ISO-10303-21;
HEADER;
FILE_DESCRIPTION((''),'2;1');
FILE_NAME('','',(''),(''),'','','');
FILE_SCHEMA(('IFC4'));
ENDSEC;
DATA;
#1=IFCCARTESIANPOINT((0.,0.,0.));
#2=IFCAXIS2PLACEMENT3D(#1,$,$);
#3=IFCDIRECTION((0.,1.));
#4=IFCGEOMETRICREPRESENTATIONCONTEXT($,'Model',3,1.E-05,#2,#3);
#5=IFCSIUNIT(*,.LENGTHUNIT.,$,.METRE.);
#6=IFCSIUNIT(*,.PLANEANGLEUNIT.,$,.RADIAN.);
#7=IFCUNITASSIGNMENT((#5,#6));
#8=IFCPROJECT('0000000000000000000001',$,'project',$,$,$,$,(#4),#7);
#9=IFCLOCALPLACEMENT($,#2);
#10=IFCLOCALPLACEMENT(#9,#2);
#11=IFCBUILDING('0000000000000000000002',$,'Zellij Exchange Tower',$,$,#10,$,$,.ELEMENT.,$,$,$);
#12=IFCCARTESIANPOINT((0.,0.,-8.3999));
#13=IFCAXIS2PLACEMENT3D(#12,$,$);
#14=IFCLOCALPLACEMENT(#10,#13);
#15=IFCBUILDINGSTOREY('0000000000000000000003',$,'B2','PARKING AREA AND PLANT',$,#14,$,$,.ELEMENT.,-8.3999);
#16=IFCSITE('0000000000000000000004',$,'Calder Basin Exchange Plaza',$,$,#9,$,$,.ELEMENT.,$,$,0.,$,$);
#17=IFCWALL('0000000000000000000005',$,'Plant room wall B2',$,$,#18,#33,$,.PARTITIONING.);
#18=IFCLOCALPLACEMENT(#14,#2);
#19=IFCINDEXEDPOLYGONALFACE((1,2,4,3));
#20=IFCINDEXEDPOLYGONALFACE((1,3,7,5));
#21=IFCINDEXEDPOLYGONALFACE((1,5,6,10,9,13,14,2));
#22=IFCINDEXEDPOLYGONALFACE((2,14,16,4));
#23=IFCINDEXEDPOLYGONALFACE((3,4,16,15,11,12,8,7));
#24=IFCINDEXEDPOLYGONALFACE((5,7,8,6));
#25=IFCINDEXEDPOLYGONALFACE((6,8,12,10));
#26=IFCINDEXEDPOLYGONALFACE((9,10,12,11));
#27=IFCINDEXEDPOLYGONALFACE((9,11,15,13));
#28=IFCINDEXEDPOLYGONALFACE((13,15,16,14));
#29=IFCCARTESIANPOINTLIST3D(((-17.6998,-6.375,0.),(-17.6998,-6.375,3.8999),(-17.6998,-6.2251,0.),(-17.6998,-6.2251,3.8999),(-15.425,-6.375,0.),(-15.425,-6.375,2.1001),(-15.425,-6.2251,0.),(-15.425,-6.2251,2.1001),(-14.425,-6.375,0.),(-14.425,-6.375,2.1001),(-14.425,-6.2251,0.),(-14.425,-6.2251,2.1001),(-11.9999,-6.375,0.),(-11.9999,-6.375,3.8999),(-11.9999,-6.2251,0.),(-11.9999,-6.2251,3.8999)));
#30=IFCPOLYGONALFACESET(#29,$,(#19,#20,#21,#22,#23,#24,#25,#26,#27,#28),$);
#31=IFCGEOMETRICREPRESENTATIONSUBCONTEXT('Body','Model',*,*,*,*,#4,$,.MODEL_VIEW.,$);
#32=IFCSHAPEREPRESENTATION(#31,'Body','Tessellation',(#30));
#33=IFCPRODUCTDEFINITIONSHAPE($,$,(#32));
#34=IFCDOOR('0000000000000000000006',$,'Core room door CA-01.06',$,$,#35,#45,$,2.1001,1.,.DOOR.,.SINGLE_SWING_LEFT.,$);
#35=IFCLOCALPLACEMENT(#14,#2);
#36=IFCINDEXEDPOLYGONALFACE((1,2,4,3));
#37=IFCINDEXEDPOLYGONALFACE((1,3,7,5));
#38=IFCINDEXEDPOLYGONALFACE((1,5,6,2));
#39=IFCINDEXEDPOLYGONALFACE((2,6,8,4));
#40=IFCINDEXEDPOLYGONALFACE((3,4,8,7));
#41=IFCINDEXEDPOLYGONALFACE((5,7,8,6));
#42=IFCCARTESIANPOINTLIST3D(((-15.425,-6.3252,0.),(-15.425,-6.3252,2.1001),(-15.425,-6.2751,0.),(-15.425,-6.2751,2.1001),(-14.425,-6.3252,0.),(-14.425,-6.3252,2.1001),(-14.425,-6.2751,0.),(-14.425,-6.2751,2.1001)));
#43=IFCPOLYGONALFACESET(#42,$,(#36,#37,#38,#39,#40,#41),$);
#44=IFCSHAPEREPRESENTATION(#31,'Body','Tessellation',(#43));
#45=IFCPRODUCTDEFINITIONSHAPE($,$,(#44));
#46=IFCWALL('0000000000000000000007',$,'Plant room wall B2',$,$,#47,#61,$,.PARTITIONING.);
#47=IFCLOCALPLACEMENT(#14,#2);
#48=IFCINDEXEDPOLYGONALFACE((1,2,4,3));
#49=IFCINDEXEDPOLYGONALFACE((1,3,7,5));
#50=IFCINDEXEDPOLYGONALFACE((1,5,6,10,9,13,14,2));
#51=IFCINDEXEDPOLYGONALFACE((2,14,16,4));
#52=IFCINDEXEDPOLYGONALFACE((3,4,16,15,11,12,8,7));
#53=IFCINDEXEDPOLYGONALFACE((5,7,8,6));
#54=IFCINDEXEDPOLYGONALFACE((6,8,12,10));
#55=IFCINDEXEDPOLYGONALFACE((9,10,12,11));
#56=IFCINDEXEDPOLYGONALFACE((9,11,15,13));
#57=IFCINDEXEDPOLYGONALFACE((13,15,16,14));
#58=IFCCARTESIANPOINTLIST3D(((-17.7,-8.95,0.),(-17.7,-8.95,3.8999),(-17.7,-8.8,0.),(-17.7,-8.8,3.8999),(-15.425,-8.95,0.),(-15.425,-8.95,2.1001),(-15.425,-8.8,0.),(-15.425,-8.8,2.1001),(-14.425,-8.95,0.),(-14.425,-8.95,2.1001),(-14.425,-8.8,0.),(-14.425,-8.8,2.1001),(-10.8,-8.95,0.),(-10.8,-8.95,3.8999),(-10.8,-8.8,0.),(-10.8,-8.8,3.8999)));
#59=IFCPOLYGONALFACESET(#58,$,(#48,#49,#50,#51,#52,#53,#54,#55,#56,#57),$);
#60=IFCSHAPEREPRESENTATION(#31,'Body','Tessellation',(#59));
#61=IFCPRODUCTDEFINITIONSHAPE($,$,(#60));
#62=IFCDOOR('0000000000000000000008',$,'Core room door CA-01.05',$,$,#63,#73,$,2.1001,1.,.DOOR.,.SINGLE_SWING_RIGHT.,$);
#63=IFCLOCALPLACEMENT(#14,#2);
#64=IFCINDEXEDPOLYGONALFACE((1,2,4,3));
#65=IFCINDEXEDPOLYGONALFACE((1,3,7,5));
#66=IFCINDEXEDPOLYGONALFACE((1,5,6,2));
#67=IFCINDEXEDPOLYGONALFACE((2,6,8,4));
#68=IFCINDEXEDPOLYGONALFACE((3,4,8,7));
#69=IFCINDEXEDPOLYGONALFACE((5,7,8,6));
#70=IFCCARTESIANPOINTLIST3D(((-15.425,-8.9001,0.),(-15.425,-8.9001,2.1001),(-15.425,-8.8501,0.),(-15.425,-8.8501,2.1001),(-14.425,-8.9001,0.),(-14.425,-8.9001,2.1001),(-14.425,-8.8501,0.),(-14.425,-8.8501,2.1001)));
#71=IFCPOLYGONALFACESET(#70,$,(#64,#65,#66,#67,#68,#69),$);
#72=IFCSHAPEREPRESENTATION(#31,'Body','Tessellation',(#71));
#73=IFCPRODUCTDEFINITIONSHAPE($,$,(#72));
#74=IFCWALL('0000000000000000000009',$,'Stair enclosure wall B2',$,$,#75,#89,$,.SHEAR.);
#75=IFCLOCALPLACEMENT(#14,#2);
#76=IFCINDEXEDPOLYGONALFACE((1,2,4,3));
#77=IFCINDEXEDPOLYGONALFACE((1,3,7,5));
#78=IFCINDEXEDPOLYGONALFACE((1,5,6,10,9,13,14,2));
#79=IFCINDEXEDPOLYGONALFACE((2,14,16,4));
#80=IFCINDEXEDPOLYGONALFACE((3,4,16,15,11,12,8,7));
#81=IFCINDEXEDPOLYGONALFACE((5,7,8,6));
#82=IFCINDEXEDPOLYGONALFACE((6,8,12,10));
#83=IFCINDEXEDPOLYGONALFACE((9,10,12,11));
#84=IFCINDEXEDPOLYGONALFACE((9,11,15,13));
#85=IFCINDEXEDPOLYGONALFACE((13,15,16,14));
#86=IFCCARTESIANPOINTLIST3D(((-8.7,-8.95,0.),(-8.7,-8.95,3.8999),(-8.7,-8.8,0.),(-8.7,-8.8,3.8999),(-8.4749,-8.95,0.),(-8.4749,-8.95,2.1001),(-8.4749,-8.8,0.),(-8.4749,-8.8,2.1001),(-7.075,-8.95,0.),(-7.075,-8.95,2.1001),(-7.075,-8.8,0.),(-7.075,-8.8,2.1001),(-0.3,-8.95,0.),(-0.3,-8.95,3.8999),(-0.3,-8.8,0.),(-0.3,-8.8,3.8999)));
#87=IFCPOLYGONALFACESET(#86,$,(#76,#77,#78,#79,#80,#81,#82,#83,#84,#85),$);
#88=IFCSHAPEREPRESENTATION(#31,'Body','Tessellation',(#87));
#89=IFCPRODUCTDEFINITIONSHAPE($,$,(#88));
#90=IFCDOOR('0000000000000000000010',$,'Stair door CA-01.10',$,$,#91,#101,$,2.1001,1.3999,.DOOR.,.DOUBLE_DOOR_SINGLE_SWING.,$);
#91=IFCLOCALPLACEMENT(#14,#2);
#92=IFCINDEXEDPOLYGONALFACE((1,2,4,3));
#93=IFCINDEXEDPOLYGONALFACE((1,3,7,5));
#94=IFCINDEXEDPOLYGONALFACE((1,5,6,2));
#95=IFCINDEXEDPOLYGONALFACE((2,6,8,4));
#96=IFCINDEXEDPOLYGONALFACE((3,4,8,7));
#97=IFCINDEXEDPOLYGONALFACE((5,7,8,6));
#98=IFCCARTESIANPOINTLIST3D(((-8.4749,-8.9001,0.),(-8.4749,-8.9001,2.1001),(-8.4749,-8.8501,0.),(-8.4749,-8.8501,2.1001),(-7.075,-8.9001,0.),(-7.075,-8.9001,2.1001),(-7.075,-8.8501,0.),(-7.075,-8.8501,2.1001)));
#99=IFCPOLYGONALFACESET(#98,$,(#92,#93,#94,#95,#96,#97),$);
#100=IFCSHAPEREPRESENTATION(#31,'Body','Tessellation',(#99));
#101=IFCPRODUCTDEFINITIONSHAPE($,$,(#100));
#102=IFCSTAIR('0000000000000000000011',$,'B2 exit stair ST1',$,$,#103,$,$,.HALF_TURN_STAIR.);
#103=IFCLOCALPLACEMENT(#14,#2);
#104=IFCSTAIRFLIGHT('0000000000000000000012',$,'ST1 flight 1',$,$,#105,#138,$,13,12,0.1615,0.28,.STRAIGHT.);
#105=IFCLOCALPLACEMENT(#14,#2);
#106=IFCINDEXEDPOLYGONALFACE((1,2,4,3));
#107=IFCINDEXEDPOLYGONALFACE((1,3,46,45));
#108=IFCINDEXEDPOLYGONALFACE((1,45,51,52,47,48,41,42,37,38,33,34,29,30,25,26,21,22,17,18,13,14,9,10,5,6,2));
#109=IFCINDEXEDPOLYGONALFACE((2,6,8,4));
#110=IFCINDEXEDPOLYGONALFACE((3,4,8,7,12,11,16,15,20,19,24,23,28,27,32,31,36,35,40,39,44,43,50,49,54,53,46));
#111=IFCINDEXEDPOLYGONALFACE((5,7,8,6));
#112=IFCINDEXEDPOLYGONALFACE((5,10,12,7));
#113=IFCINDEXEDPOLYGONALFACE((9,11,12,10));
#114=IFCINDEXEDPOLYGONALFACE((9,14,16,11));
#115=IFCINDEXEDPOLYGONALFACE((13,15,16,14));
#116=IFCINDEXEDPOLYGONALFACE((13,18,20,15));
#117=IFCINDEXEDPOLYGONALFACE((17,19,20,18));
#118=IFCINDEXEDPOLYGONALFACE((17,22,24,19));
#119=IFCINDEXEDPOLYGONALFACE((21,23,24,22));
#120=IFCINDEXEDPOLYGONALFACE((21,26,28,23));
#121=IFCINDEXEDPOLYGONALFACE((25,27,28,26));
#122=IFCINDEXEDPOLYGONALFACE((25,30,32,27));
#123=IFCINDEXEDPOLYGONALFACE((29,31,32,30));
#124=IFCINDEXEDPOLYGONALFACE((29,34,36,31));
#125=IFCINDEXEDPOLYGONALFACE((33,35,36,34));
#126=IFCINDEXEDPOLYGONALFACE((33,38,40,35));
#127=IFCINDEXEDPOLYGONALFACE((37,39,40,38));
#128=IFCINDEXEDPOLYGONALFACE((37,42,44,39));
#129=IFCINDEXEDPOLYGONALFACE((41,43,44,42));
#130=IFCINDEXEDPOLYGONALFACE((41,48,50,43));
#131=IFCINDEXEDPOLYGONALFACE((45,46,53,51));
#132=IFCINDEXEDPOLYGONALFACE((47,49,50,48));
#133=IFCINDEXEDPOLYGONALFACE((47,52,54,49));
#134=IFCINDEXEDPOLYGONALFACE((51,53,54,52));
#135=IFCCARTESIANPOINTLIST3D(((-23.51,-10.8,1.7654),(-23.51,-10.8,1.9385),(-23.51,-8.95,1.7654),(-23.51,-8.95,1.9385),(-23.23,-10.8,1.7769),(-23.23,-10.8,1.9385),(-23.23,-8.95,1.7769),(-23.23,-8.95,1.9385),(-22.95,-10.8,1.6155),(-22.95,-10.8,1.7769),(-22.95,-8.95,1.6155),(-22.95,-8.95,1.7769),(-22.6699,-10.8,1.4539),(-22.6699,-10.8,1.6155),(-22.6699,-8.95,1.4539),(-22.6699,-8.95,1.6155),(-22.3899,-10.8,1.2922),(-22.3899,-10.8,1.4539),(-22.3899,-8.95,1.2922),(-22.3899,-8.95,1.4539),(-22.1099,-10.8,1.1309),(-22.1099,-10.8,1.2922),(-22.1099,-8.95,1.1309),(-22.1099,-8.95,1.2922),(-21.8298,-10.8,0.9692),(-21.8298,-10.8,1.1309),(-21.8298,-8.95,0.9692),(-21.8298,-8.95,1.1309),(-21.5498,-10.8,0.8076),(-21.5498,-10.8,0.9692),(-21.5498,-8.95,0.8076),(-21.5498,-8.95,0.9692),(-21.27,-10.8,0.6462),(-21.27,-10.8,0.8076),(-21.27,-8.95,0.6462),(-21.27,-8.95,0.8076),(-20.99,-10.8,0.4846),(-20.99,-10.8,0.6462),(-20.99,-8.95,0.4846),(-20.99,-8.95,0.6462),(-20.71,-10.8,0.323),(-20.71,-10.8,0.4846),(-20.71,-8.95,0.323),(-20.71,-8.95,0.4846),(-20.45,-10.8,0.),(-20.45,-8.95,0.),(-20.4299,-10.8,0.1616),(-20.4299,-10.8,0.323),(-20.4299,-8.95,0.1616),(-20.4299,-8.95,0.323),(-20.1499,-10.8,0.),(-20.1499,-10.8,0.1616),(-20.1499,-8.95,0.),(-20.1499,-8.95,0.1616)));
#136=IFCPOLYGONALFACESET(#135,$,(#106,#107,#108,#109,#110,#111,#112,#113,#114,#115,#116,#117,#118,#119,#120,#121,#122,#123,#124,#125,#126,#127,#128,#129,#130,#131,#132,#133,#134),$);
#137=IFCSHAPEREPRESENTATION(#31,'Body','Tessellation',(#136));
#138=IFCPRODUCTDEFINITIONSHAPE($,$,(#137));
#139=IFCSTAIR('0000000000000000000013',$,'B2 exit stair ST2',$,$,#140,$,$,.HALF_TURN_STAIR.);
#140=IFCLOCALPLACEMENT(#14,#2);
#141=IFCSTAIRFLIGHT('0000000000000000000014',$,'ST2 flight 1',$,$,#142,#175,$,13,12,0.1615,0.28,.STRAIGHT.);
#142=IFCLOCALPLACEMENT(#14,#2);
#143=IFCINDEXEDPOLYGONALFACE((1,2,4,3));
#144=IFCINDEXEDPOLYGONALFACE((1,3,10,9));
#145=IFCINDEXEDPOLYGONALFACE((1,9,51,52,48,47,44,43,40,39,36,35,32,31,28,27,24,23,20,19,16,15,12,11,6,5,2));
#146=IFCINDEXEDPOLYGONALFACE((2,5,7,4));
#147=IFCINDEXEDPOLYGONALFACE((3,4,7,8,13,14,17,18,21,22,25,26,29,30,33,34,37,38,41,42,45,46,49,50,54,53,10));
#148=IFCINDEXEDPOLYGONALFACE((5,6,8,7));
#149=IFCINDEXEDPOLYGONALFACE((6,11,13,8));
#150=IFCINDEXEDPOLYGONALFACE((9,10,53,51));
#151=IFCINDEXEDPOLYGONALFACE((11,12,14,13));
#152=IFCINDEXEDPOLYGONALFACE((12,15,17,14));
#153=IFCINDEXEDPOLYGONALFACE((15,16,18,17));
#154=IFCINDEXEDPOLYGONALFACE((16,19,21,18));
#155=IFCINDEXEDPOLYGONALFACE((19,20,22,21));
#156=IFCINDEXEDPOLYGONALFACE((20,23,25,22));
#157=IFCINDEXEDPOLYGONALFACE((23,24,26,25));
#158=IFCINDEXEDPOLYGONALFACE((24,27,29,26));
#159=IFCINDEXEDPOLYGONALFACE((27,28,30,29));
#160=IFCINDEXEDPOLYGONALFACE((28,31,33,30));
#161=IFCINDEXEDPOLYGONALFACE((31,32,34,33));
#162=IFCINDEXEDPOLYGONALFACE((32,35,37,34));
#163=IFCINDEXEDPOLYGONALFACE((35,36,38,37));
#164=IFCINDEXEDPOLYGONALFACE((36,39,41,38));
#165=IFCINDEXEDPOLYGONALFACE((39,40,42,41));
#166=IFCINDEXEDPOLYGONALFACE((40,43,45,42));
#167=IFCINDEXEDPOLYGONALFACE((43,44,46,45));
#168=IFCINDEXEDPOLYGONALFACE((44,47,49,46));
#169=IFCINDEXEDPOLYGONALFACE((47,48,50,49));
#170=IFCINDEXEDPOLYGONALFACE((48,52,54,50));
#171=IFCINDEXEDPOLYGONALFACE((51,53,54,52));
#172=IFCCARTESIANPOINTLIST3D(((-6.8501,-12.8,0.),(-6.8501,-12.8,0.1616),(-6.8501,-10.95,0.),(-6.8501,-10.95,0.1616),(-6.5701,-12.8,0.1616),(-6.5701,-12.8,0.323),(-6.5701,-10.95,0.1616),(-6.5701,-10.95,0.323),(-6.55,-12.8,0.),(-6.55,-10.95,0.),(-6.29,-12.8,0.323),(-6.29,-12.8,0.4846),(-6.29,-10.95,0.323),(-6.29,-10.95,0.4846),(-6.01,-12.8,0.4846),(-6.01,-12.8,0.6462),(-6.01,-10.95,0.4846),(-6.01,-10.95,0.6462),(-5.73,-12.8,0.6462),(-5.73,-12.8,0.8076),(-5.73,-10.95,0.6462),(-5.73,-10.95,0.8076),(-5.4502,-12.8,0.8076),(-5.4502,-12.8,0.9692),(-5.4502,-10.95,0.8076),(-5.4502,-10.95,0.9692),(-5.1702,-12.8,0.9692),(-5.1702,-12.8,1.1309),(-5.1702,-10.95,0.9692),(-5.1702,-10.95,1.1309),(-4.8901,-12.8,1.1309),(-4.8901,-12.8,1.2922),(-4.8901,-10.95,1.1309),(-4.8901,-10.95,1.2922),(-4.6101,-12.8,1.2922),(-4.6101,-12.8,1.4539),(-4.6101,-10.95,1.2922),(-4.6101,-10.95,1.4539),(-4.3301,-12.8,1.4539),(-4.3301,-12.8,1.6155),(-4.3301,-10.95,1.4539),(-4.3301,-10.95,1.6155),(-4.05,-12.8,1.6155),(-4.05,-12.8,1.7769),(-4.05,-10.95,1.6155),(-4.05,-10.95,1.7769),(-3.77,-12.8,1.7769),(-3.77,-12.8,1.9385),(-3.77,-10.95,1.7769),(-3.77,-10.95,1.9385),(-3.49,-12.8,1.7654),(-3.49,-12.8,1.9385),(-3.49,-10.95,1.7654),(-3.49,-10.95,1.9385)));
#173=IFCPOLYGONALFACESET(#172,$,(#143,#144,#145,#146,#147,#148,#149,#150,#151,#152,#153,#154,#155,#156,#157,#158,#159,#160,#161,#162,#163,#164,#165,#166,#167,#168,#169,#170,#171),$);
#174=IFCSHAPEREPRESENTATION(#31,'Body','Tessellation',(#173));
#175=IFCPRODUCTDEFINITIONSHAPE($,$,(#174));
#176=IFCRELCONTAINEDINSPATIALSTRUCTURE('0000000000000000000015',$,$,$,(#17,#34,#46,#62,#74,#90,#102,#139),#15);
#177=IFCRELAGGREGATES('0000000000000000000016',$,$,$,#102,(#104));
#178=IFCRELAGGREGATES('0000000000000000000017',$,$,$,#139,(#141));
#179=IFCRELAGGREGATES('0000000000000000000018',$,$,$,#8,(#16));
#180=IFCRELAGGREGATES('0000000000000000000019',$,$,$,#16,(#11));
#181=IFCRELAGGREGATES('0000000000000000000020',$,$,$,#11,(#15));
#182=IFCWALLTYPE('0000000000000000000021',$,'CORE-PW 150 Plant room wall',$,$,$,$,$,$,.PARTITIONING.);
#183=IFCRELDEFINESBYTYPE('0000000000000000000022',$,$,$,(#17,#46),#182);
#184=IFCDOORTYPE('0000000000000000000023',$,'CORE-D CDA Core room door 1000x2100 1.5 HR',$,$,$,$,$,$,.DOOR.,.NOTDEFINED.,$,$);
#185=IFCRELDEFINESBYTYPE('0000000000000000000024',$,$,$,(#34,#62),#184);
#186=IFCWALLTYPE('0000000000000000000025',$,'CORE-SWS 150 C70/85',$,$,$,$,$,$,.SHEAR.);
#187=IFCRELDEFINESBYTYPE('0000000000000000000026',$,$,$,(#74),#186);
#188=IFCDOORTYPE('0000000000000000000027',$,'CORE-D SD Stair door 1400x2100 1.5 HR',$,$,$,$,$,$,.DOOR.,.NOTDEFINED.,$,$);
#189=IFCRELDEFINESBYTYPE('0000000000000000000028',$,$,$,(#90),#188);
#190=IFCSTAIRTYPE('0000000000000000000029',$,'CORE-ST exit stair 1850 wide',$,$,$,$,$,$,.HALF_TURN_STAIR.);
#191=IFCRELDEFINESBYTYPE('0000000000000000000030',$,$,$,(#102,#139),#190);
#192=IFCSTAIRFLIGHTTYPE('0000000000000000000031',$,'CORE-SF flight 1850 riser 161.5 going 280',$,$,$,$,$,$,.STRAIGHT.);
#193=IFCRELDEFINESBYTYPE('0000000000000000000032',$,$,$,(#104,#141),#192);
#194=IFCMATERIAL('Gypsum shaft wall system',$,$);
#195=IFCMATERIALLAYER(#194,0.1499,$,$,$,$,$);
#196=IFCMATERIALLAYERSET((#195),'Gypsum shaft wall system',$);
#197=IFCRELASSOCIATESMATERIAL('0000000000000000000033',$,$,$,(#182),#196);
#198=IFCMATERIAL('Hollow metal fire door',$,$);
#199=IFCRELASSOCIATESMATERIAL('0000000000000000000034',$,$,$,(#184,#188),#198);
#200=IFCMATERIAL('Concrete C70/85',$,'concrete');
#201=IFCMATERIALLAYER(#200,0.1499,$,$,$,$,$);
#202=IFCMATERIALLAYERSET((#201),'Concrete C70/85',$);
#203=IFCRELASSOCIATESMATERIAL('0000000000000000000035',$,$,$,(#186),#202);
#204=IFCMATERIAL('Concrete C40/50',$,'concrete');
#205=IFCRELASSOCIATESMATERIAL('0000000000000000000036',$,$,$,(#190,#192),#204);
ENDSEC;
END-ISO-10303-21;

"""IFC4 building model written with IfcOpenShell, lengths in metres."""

from ifc_helpers import new_model, si_unit, direction, frame, frame_2d, origin, place, context, subcontext, project, spatial, polyline, rectangle, outline, extrude, material, layer, layer_set, type_object, element, fill, aggregate, save


model = new_model("IFC4")

# Units and contexts
model_context = context("Model", 3, precision=1e-05, world=origin(), true_north=direction((0.0, 1.0)))
body_context = subcontext(model_context, "Body", "Model", "MODEL_VIEW")
ifc_project = project(units=[si_unit("LENGTHUNIT", "METRE"), si_unit("PLANEANGLEUNIT", "RADIAN")], contexts=[model_context])

# Site, building, storey
site_placement = place(None, origin())
site = spatial("IfcSite", under=ifc_project, at=site_placement, Name="Calder Basin Exchange Plaza", CompositionType="ELEMENT", RefElevation=0.0)
building_placement = place(site_placement, origin())
building = spatial("IfcBuilding", under=site, at=building_placement, Name="Zellij Exchange Tower", CompositionType="ELEMENT")
storey_placement = place(building_placement, frame((0.0, 0.0, -8.3999)))
storey = spatial("IfcBuildingStorey", under=building, at=storey_placement, Name="B2", Description="PARKING AREA AND PLANT", CompositionType="ELEMENT", Elevation=-8.3999)

# Shared definitions
ifc_material_1 = material(Name="Concrete C70/85", Category="concrete")

# Shared definitions
ifc_material_2 = material(Name="Gypsum shaft wall system")
ifc_material_3 = material(Name="Hollow metal fire door")
ifc_layer_1 = layer(ifc_material_2, 0.1499)
ifc_layer_set_1 = layer_set([ifc_layer_1], Name="Gypsum shaft wall system")
wall_type_1 = type_object("IfcWallType", Name="CORE-PW 150 Plant room wall", PredefinedType="PARTITIONING", material=ifc_layer_set_1)

# Walls, openings, doors
wall_1_placement = place(storey_placement, frame((-17.7, -6.3, 0.0), z_axis=(0.0, 0.0, 1.0), x_axis=(1.0, 0.0, 0.0)))
wall_1 = element("IfcWall", 1, at=wall_1_placement, inside=storey, type_object=wall_type_1, Name="Plant room wall B2", PredefinedType="PARTITIONING", context=body_context, shape_type="SweptSolid", body=[
    extrude(rectangle(XDim=5.7, YDim=0.1499, at=frame_2d((2.8501, 0.0))), origin(), (0.0, 0.0, 1.0), 3.8999),
])
opening_1_placement = place(wall_1_placement, frame((2.2749, 0.0, 0.0)))
opening_1 = element("IfcOpeningElement", 2, at=opening_1_placement, cuts=wall_1, PredefinedType="OPENING", context=body_context, shape_type="SweptSolid", body=[
    extrude(rectangle(XDim=1.0, YDim=2.1001, at=frame_2d((0.5, 1.05))), frame((0.0, 0.0869, 0.0), z_axis=(0.0, -1.0, 0.0), x_axis=(1.0, 0.0, 0.0)), (0.0, 0.0, 1.0), 0.1738),
])
door_type_1 = type_object("IfcDoorType", Name="CORE-D CDA Core room door 1000x2100 1.5 HR", OperationType="NOTDEFINED", PredefinedType="DOOR", material=ifc_material_3)
door_1_placement = place(opening_1_placement, origin())
door_1 = element("IfcDoor", 3, at=door_1_placement, inside=storey, type_object=door_type_1, Name="Core room door CA-01.06", OperationType="SINGLE_SWING_LEFT", OverallHeight=2.1001, OverallWidth=1.0, PredefinedType="DOOR", context=body_context, shape_type="SweptSolid", body=[
    extrude(rectangle(XDim=1.0, YDim=2.1001, at=frame_2d((0.5, 1.05))), frame((0.0, 0.0249, 0.0), z_axis=(0.0, -1.0, 0.0), x_axis=(1.0, 0.0, 0.0)), (0.0, 0.0, 1.0), 0.05),
])
fill(opening_1, door_1)
wall_2_placement = place(storey_placement, frame((-17.7, -8.875, 0.0), z_axis=(0.0, 0.0, 1.0), x_axis=(1.0, 0.0, 0.0)))
wall_2 = element("IfcWall", 4, at=wall_2_placement, inside=storey, type_object=wall_type_1, Name="Plant room wall B2", PredefinedType="PARTITIONING", context=body_context, shape_type="SweptSolid", body=[
    extrude(rectangle(XDim=6.8999, YDim=0.1499, at=frame_2d((3.45, 0.0))), origin(), (0.0, 0.0, 1.0), 3.8999),
])
opening_2_placement = place(wall_2_placement, frame((2.2749, 0.0, 0.0)))
opening_2 = element("IfcOpeningElement", 5, at=opening_2_placement, cuts=wall_2, PredefinedType="OPENING", context=body_context, shape_type="SweptSolid", body=[
    extrude(rectangle(XDim=1.0, YDim=2.1001, at=frame_2d((0.5, 1.05))), frame((0.0, 0.0869, 0.0), z_axis=(0.0, -1.0, 0.0), x_axis=(1.0, 0.0, 0.0)), (0.0, 0.0, 1.0), 0.1738),
])
door_2_placement = place(opening_2_placement, origin())
door_2 = element("IfcDoor", 6, at=door_2_placement, inside=storey, type_object=door_type_1, Name="Core room door CA-01.05", OperationType="SINGLE_SWING_RIGHT", OverallHeight=2.1001, OverallWidth=1.0, PredefinedType="DOOR", context=body_context, shape_type="SweptSolid", body=[
    extrude(rectangle(XDim=1.0, YDim=2.1001, at=frame_2d((0.5, 1.05))), frame((0.0, 0.0249, 0.0), z_axis=(0.0, -1.0, 0.0), x_axis=(1.0, 0.0, 0.0)), (0.0, 0.0, 1.0), 0.05),
])
fill(opening_2, door_2)
ifc_layer_2 = layer(ifc_material_1, 0.1499)
ifc_layer_set_2 = layer_set([ifc_layer_2], Name="Concrete C70/85")
wall_type_2 = type_object("IfcWallType", Name="CORE-SWS 150 C70/85", PredefinedType="SHEAR", material=ifc_layer_set_2)
wall_3_placement = place(storey_placement, frame((-8.7, -8.875, 0.0), z_axis=(0.0, 0.0, 1.0), x_axis=(1.0, 0.0, 0.0)))
wall_3 = element("IfcWall", 7, at=wall_3_placement, inside=storey, type_object=wall_type_2, Name="Stair enclosure wall B2", PredefinedType="SHEAR", context=body_context, shape_type="SweptSolid", body=[
    extrude(rectangle(XDim=8.3999, YDim=0.1499, at=frame_2d((4.2, 0.0))), origin(), (0.0, 0.0, 1.0), 3.8999),
])
opening_3_placement = place(wall_3_placement, frame((0.2251, 0.0, 0.0)))
opening_3 = element("IfcOpeningElement", 8, at=opening_3_placement, cuts=wall_3, PredefinedType="OPENING", context=body_context, shape_type="SweptSolid", body=[
    extrude(rectangle(XDim=1.3999, YDim=2.1001, at=frame_2d((0.7, 1.05))), frame((0.0, 0.0869, 0.0), z_axis=(0.0, -1.0, 0.0), x_axis=(1.0, 0.0, 0.0)), (0.0, 0.0, 1.0), 0.1738),
])
door_type_2 = type_object("IfcDoorType", Name="CORE-D SD Stair door 1400x2100 1.5 HR", OperationType="NOTDEFINED", PredefinedType="DOOR", material=ifc_material_3)
door_3_placement = place(opening_3_placement, origin())
door_3 = element("IfcDoor", 9, at=door_3_placement, inside=storey, type_object=door_type_2, Name="Stair door CA-01.10", OperationType="DOUBLE_DOOR_SINGLE_SWING", OverallHeight=2.1001, OverallWidth=1.3999, PredefinedType="DOOR", context=body_context, shape_type="SweptSolid", body=[
    extrude(rectangle(XDim=1.3999, YDim=2.1001, at=frame_2d((0.7, 1.05))), frame((0.0, 0.0249, 0.0), z_axis=(0.0, -1.0, 0.0), x_axis=(1.0, 0.0, 0.0)), (0.0, 0.0, 1.0), 0.05),
])
fill(opening_3, door_3)

# Stair, stair flight
ifc_material_4 = material(Name="Concrete C40/50", Category="concrete")
stair_type = type_object("IfcStairType", Name="CORE-ST exit stair 1850 wide", PredefinedType="HALF_TURN_STAIR", material=ifc_material_4)
stair_1_placement = place(storey_placement, origin())
stair_1 = element("IfcStair", 10, at=stair_1_placement, inside=storey, type_object=stair_type, Name="B2 exit stair ST1", PredefinedType="HALF_TURN_STAIR")
stair_flight_type = type_object("IfcStairFlightType", Name="CORE-SF flight 1850 riser 161.5 going 280", PredefinedType="STRAIGHT", material=ifc_material_4)
stair_flight_1_placement = place(storey_placement, frame((-20.1499, -9.875, 0.0), z_axis=(0.0, 0.0, 1.0), x_axis=(-1.0, 0.0, 0.0)))
stair_flight_1 = element("IfcStairFlight", 11, at=stair_flight_1_placement, type_object=stair_flight_type, Name="ST1 flight 1", NumberOfRisers=13, NumberOfTreads=12, PredefinedType="STRAIGHT", RiserHeight=0.1615, TreadLength=0.28, context=body_context, shape_type="SweptSolid", body=[
    extrude(outline(polyline([(0.0, 0.0), (0.0, 0.1616), (0.28, 0.1616), (0.28, 0.323), (0.5601, 0.323), (0.5601, 0.4846), (0.8401, 0.4846), (0.8401, 0.6462), (1.1201, 0.6462), (1.1201, 0.8076), (1.3999, 0.8076), (1.3999, 0.9692), (1.6799, 0.9692), (1.6799, 1.1309), (1.96, 1.1309), (1.96, 1.2922), (2.24, 1.2922), (2.24, 1.4539), (2.52, 1.4539), (2.52, 1.6155), (2.8, 1.6155), (2.8, 1.7769), (3.0801, 1.7769), (3.0801, 1.9385), (3.3601, 1.9385), (3.3601, 2.1001), (3.3601, 1.7654), (0.3, 0.0), (0.0, 0.0)])), frame((0.0, 0.925, 0.0), z_axis=(0.0, -1.0, 0.0), x_axis=(1.0, 0.0, 0.0)), (0.0, 0.0, 1.0), 1.8501),
])
aggregate(stair_1, [stair_flight_1])

# Stair, stair flight
stair_2_placement = place(storey_placement, origin())
stair_2 = element("IfcStair", 12, at=stair_2_placement, inside=storey, type_object=stair_type, Name="B2 exit stair ST2", PredefinedType="HALF_TURN_STAIR")
stair_flight_2_placement = place(storey_placement, frame((-6.8501, -11.875, 0.0), z_axis=(0.0, 0.0, 1.0), x_axis=(1.0, 0.0, 0.0)))
stair_flight_2 = element("IfcStairFlight", 13, at=stair_flight_2_placement, type_object=stair_flight_type, Name="ST2 flight 1", NumberOfRisers=13, NumberOfTreads=12, PredefinedType="STRAIGHT", RiserHeight=0.1615, TreadLength=0.28, context=body_context, shape_type="SweptSolid", body=[
    extrude(outline(polyline([(0.0, 0.0), (0.0, 0.1616), (0.28, 0.1616), (0.28, 0.323), (0.5601, 0.323), (0.5601, 0.4846), (0.8401, 0.4846), (0.8401, 0.6462), (1.1201, 0.6462), (1.1201, 0.8076), (1.3999, 0.8076), (1.3999, 0.9692), (1.6799, 0.9692), (1.6799, 1.1309), (1.96, 1.1309), (1.96, 1.2922), (2.24, 1.2922), (2.24, 1.4539), (2.52, 1.4539), (2.52, 1.6155), (2.8, 1.6155), (2.8, 1.7769), (3.0801, 1.7769), (3.0801, 1.9385), (3.3601, 1.9385), (3.3601, 2.1001), (3.3601, 1.7654), (0.3, 0.0), (0.0, 0.0)])), frame((0.0, 0.925, 0.0), z_axis=(0.0, -1.0, 0.0), x_axis=(1.0, 0.0, 0.0)), (0.0, 0.0, 1.0), 1.8501),
])
aggregate(stair_2, [stair_flight_2])

save(model, "model.ifc")
